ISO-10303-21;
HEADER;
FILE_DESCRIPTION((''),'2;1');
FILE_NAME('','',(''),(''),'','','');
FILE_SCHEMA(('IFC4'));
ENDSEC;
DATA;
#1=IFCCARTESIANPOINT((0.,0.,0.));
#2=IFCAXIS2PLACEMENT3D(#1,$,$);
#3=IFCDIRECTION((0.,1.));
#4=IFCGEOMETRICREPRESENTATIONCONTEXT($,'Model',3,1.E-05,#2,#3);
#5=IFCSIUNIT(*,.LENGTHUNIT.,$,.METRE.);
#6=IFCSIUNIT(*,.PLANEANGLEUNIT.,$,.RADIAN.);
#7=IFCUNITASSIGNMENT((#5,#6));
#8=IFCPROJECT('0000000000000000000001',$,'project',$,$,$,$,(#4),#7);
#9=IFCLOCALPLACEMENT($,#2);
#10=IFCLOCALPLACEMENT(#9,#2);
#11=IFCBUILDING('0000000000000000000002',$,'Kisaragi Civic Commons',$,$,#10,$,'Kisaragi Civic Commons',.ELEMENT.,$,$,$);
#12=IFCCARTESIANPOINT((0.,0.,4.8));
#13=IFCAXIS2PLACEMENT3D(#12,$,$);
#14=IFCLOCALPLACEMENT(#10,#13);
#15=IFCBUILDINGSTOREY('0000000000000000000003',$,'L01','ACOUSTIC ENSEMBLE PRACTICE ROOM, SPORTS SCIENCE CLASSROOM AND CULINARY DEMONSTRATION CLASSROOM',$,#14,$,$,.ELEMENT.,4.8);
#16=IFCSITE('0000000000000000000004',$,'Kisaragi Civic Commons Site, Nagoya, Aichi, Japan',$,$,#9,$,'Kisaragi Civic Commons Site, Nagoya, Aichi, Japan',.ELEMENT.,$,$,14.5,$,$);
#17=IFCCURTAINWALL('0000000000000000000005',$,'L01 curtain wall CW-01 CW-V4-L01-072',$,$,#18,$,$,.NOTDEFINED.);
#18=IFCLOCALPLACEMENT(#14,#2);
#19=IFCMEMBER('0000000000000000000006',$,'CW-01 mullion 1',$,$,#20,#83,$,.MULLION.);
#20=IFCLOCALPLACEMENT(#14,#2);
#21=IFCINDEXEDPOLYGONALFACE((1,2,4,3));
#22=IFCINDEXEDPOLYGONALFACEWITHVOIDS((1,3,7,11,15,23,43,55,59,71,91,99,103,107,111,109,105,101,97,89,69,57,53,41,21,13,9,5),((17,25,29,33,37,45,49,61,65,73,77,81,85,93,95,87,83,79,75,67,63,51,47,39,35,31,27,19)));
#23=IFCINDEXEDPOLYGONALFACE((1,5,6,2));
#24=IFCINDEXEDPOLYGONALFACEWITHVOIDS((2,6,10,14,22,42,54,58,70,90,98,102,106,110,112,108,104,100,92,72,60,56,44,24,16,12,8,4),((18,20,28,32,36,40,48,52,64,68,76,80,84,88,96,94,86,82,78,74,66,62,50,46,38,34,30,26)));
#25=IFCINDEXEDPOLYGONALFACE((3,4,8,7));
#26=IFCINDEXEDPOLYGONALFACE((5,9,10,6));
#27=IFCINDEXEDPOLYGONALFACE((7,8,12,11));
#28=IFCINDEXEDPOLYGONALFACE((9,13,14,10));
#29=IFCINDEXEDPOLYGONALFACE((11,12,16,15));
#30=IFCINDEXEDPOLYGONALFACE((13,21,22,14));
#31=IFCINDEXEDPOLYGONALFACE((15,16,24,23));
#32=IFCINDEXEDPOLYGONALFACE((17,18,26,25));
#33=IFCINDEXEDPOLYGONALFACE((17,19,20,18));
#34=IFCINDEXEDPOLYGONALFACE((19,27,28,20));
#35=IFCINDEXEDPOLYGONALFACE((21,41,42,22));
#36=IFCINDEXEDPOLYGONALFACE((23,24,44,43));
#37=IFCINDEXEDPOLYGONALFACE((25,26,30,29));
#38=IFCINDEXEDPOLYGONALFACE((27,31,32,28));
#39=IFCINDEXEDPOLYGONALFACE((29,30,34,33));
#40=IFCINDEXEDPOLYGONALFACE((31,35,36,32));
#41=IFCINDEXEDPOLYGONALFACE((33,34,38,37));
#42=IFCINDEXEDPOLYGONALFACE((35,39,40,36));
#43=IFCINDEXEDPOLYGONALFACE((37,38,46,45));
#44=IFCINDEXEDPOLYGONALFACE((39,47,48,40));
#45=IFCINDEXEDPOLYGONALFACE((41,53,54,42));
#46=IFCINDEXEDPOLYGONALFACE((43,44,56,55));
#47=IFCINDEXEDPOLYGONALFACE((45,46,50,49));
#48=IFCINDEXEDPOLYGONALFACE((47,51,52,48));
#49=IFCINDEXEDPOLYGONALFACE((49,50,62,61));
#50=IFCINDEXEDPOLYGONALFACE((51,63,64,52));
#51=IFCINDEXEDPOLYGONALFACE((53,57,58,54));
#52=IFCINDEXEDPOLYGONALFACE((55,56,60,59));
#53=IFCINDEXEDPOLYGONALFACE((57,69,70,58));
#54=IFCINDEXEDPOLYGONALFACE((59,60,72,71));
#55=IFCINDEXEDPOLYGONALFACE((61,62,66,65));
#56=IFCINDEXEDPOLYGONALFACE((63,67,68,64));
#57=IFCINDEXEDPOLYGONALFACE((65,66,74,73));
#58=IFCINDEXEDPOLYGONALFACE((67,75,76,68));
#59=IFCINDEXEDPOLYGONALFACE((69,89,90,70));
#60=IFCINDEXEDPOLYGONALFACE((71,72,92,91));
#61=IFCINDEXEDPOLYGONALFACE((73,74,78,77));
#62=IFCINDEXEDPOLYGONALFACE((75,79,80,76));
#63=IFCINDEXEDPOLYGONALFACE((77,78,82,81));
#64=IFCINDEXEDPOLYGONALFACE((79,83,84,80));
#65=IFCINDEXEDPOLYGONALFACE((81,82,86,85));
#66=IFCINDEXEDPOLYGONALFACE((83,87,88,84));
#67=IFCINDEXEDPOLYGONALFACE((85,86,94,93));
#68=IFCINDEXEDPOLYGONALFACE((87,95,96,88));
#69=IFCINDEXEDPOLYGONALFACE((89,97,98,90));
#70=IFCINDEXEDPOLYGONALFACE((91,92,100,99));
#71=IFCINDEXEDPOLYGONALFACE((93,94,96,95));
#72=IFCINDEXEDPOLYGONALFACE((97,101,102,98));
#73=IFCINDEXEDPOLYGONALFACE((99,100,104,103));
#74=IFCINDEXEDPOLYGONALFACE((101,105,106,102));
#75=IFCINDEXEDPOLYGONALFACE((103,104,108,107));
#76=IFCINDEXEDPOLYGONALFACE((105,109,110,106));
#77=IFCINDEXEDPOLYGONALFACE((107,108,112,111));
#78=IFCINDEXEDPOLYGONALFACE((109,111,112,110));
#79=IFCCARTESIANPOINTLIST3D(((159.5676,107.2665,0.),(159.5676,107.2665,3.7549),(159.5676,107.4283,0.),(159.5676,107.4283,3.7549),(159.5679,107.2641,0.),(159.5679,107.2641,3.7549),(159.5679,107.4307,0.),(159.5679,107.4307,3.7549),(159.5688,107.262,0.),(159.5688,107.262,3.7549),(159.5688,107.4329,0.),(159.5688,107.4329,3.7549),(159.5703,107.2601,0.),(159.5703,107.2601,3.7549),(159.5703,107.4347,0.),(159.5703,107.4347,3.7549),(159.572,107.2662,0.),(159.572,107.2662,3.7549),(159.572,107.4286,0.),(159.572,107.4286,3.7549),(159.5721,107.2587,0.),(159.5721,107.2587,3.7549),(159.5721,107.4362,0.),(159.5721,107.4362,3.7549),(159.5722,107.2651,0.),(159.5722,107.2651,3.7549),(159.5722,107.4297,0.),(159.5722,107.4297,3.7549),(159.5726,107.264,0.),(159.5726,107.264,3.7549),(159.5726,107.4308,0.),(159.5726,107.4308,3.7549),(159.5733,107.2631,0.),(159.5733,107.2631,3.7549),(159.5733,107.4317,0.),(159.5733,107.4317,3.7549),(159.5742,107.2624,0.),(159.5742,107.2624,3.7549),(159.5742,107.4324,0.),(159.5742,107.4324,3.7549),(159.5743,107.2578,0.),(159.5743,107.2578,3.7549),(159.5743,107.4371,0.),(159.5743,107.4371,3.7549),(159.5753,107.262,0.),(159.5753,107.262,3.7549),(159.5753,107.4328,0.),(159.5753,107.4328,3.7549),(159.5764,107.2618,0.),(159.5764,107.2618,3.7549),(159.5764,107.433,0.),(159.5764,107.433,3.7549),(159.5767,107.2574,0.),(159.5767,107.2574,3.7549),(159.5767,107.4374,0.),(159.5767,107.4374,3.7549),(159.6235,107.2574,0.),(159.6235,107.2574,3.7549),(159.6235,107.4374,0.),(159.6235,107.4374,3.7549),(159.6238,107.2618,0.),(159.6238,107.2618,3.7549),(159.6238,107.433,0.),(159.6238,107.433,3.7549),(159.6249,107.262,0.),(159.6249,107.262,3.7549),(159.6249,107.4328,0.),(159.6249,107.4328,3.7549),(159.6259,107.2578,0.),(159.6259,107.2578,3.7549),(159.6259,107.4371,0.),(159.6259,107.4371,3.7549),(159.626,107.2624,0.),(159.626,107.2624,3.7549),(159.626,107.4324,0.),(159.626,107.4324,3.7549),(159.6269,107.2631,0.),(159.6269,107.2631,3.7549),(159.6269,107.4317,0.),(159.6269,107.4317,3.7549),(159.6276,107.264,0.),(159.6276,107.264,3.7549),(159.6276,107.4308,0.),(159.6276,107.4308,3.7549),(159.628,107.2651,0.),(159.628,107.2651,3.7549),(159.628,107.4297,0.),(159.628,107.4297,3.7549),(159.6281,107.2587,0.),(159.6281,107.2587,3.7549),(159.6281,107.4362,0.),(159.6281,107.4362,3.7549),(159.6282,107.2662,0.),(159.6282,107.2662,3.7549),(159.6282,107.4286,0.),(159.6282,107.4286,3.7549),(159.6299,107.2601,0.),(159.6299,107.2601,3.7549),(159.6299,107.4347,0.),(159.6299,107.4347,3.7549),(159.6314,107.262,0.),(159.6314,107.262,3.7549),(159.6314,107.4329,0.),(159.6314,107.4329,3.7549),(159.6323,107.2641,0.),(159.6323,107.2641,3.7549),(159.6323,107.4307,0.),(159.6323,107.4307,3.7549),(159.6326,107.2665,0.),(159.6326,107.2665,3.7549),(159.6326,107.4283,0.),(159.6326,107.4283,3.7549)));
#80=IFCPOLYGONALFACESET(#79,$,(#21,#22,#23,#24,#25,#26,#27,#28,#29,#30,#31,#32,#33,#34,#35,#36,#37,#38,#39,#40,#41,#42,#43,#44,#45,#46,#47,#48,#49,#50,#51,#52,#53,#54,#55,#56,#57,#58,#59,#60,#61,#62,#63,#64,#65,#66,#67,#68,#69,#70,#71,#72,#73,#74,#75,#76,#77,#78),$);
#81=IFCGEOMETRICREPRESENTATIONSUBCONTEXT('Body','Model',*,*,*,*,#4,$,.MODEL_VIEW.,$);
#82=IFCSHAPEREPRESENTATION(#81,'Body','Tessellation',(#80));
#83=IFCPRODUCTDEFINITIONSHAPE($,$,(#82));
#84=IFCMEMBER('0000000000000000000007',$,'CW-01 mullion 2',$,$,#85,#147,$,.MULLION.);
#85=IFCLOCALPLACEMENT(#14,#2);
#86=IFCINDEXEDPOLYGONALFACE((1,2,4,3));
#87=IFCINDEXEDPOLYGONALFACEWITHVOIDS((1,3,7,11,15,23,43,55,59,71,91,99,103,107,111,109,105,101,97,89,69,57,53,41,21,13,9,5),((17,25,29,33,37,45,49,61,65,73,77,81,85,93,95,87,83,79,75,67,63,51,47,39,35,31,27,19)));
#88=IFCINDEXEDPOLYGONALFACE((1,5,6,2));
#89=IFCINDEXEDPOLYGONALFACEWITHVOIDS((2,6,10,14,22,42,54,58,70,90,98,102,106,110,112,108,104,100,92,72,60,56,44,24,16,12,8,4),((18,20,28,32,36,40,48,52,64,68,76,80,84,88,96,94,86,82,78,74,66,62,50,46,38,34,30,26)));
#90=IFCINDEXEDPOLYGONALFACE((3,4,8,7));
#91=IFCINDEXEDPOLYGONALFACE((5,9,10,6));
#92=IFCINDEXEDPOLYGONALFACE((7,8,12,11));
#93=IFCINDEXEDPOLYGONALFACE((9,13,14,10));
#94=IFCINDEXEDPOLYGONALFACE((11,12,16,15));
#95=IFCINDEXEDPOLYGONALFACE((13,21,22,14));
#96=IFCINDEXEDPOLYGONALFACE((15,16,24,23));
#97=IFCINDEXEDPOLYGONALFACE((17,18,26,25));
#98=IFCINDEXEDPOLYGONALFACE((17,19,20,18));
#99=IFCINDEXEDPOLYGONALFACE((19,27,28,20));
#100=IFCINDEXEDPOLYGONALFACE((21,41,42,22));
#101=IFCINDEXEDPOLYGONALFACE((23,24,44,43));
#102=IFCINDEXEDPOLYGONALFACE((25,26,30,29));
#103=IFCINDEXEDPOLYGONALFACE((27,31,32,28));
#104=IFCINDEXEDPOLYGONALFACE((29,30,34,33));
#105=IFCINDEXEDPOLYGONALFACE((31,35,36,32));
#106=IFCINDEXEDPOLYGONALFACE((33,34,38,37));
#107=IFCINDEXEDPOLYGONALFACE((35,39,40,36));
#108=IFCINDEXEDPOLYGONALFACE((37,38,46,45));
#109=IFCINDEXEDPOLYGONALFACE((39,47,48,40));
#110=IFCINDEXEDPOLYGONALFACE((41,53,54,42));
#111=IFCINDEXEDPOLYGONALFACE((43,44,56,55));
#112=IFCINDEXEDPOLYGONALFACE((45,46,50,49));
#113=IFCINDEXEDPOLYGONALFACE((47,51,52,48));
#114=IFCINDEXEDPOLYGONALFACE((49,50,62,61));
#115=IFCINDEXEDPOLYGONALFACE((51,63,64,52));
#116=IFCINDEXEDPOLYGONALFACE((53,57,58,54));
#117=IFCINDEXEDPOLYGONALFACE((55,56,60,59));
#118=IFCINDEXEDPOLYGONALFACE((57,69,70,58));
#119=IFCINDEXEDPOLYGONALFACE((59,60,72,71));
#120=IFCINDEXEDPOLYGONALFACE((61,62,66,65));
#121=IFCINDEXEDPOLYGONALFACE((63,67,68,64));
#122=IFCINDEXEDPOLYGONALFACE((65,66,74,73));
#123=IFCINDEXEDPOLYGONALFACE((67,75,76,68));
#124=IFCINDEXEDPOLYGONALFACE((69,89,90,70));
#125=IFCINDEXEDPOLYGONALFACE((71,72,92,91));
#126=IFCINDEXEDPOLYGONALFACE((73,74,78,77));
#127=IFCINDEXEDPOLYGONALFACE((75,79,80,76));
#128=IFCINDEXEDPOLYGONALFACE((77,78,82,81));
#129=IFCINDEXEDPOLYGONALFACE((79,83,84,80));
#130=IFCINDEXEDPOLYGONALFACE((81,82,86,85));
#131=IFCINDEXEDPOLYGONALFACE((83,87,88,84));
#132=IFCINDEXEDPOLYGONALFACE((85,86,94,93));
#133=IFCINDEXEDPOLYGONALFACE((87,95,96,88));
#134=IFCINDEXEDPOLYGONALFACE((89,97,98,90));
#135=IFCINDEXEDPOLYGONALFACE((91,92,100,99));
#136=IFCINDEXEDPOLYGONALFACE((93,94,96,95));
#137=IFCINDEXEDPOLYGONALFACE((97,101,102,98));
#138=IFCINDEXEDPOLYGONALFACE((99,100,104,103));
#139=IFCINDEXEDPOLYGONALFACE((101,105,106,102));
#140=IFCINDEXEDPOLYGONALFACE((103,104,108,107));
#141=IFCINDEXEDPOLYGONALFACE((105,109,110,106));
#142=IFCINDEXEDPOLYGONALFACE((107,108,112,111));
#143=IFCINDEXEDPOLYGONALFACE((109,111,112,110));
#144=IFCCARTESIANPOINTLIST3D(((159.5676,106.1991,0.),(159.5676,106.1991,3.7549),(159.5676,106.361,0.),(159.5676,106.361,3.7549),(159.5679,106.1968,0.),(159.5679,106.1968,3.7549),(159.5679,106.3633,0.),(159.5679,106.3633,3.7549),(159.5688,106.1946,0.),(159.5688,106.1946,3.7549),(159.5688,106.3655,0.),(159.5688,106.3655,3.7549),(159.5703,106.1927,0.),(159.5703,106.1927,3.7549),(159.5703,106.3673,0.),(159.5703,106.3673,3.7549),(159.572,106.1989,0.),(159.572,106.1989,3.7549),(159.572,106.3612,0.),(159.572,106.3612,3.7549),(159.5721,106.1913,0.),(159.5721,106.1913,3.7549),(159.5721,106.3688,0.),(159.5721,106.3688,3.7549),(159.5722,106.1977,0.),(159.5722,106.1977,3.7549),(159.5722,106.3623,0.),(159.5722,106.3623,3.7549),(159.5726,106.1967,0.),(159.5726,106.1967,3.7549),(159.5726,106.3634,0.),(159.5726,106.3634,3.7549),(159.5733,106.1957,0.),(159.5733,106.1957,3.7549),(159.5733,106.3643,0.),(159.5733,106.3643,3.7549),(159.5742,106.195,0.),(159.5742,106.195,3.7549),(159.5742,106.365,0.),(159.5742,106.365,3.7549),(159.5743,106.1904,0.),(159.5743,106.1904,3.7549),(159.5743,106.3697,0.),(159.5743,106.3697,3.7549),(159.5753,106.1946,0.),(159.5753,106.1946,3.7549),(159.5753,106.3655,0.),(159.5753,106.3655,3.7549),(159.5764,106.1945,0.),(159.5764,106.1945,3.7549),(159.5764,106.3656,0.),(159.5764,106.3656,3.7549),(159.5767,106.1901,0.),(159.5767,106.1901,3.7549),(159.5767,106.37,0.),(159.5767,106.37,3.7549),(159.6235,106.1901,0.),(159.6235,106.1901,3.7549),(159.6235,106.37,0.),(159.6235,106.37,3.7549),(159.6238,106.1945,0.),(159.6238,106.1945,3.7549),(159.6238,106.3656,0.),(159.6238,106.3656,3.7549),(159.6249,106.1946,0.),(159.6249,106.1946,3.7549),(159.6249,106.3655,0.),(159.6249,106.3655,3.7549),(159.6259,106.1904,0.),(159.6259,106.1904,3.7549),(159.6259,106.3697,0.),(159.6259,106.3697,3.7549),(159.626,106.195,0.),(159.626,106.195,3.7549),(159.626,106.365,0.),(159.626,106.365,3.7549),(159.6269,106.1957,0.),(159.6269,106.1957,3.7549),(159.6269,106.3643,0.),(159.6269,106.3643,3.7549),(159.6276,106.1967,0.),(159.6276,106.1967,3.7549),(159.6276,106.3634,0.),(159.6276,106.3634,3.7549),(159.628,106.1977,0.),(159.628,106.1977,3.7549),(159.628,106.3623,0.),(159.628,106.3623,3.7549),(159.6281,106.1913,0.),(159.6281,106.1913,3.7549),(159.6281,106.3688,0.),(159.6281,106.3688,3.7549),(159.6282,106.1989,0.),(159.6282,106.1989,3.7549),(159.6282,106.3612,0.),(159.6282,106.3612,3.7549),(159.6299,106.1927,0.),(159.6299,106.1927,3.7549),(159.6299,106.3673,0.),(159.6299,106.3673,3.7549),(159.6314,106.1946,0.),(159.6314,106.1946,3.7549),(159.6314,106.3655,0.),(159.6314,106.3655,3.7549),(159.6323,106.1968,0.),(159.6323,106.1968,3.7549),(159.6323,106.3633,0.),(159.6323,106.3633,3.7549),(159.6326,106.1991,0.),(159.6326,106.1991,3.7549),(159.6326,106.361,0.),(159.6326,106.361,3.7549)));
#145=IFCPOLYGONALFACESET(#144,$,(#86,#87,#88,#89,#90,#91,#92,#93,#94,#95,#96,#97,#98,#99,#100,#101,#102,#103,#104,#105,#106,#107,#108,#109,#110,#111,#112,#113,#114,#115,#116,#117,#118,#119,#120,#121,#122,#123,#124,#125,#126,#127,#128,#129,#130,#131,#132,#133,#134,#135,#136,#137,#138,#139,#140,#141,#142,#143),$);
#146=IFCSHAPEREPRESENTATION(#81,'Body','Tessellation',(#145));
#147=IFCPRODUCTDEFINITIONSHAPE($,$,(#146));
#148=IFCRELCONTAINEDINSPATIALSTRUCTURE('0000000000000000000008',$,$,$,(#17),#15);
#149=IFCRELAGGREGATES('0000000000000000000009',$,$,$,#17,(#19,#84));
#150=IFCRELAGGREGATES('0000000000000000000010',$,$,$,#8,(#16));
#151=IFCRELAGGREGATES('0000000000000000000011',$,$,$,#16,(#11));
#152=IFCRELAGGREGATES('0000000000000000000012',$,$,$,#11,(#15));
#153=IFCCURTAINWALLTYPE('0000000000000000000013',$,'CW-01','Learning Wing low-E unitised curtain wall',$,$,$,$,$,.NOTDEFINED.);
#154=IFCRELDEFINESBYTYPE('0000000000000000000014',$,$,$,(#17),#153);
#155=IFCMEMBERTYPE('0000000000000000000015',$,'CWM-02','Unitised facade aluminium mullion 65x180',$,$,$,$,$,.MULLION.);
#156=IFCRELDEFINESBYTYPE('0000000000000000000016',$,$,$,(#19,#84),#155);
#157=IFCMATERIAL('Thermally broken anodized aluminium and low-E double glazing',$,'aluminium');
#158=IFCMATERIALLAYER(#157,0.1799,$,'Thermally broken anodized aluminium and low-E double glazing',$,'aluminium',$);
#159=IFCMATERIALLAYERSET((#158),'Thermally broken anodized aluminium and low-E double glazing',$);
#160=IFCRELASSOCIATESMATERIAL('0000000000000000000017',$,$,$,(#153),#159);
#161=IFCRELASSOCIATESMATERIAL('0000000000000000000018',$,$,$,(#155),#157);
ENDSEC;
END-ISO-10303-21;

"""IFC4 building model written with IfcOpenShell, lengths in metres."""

from ifc_helpers import new_model, si_unit, direction, frame, origin, origin_2d, place, context, subcontext, project, spatial, hollow_rectangle, extrude, material, layer, layer_set, material_profile, profile_set, type_object, element, aggregate, save


model = new_model("IFC4")

# Units and contexts
model_context = context("Model", 3, precision=1e-05, world=origin(), true_north=direction((0.0, 1.0)))
body_context = subcontext(model_context, "Body", "Model", "MODEL_VIEW")
ifc_project = project(units=[si_unit("LENGTHUNIT", "METRE"), si_unit("PLANEANGLEUNIT", "RADIAN")], contexts=[model_context])

# Site, building, storey
site_placement = place(None, origin())
site = spatial("IfcSite", under=ifc_project, at=site_placement, Name="Kisaragi Civic Commons Site, Nagoya, Aichi, Japan", LongName="Kisaragi Civic Commons Site, Nagoya, Aichi, Japan", CompositionType="ELEMENT", RefElevation=14.5)
building_placement = place(site_placement, origin())
building = spatial("IfcBuilding", under=site, at=building_placement, Name="Kisaragi Civic Commons", LongName="Kisaragi Civic Commons", CompositionType="ELEMENT")
storey_placement = place(building_placement, frame((0.0, 0.0, 4.8)))
storey = spatial("IfcBuildingStorey", under=building, at=storey_placement, Name="L01", Description="ACOUSTIC ENSEMBLE PRACTICE ROOM, SPORTS SCIENCE CLASSROOM AND CULINARY DEMONSTRATION CLASSROOM", CompositionType="ELEMENT", Elevation=4.8)

# Curtain wall, members
ifc_material_1 = material(Name="Thermally broken anodized aluminium and low-E double glazing", Category="aluminium")
ifc_layer_1 = layer(ifc_material_1, 0.1799, Name="Thermally broken anodized aluminium and low-E double glazing", Category="aluminium")
ifc_layer_set_1 = layer_set([ifc_layer_1], Name="Thermally broken anodized aluminium and low-E double glazing")
curtain_wall_type = type_object("IfcCurtainWallType", Name="CW-01", Description="Learning Wing low-E unitised curtain wall", PredefinedType="NOTDEFINED", material=ifc_layer_set_1)
ifc_material_profile_1 = material_profile(ifc_material_1, hollow_rectangle(XDim=0.0649, YDim=0.1799, WallThickness=0.0044, InnerFilletRadius=0.0044, OuterFilletRadius=0.009, at=origin_2d()), Name="CWM-65x180x4.5", Category="aluminium")
ifc_profile_set_1 = profile_set([ifc_material_profile_1], Name="Thermally broken anodized aluminium and low-E double glazing")
member_type_1 = type_object("IfcMemberType", Name="CWM-02", Description="Unitised facade aluminium mullion 65x180", PredefinedType="MULLION", material=ifc_profile_set_1)
curtain_wall_1_placement = place(storey_placement, origin())
curtain_wall_1 = element("IfcCurtainWall", 1, at=curtain_wall_1_placement, inside=storey, type_object=curtain_wall_type, Name="L01 curtain wall CW-01 CW-V4-L01-072", PredefinedType="NOTDEFINED")
member_1_placement = place(storey_placement, frame((159.6001, 107.3474, 0.0), z_axis=(0.0, 0.0, 1.0), x_axis=(1.0, 0.0, 0.0)))
member_1 = element("IfcMember", 2, at=member_1_placement, type_object=member_type_1, Name="CW-01 mullion 1", PredefinedType="MULLION", context=body_context, shape_type="SweptSolid", body=[
    extrude(hollow_rectangle(XDim=0.0649, YDim=0.1799, WallThickness=0.0044, InnerFilletRadius=0.0044, OuterFilletRadius=0.009, at=origin_2d()), origin(), (0.0, 0.0, 1.0), 3.7549),
])
member_2_placement = place(storey_placement, frame((159.6001, 106.28, 0.0), z_axis=(0.0, 0.0, 1.0), x_axis=(1.0, 0.0, 0.0)))
member_2 = element("IfcMember", 3, at=member_2_placement, type_object=member_type_1, Name="CW-01 mullion 2", PredefinedType="MULLION", context=body_context, shape_type="SweptSolid", body=[
    extrude(hollow_rectangle(XDim=0.0649, YDim=0.1799, WallThickness=0.0044, InnerFilletRadius=0.0044, OuterFilletRadius=0.009, at=origin_2d()), origin(), (0.0, 0.0, 1.0), 3.7549),
])

aggregate(curtain_wall_1, [member_1, member_2])

save(model, "model.ifc")
